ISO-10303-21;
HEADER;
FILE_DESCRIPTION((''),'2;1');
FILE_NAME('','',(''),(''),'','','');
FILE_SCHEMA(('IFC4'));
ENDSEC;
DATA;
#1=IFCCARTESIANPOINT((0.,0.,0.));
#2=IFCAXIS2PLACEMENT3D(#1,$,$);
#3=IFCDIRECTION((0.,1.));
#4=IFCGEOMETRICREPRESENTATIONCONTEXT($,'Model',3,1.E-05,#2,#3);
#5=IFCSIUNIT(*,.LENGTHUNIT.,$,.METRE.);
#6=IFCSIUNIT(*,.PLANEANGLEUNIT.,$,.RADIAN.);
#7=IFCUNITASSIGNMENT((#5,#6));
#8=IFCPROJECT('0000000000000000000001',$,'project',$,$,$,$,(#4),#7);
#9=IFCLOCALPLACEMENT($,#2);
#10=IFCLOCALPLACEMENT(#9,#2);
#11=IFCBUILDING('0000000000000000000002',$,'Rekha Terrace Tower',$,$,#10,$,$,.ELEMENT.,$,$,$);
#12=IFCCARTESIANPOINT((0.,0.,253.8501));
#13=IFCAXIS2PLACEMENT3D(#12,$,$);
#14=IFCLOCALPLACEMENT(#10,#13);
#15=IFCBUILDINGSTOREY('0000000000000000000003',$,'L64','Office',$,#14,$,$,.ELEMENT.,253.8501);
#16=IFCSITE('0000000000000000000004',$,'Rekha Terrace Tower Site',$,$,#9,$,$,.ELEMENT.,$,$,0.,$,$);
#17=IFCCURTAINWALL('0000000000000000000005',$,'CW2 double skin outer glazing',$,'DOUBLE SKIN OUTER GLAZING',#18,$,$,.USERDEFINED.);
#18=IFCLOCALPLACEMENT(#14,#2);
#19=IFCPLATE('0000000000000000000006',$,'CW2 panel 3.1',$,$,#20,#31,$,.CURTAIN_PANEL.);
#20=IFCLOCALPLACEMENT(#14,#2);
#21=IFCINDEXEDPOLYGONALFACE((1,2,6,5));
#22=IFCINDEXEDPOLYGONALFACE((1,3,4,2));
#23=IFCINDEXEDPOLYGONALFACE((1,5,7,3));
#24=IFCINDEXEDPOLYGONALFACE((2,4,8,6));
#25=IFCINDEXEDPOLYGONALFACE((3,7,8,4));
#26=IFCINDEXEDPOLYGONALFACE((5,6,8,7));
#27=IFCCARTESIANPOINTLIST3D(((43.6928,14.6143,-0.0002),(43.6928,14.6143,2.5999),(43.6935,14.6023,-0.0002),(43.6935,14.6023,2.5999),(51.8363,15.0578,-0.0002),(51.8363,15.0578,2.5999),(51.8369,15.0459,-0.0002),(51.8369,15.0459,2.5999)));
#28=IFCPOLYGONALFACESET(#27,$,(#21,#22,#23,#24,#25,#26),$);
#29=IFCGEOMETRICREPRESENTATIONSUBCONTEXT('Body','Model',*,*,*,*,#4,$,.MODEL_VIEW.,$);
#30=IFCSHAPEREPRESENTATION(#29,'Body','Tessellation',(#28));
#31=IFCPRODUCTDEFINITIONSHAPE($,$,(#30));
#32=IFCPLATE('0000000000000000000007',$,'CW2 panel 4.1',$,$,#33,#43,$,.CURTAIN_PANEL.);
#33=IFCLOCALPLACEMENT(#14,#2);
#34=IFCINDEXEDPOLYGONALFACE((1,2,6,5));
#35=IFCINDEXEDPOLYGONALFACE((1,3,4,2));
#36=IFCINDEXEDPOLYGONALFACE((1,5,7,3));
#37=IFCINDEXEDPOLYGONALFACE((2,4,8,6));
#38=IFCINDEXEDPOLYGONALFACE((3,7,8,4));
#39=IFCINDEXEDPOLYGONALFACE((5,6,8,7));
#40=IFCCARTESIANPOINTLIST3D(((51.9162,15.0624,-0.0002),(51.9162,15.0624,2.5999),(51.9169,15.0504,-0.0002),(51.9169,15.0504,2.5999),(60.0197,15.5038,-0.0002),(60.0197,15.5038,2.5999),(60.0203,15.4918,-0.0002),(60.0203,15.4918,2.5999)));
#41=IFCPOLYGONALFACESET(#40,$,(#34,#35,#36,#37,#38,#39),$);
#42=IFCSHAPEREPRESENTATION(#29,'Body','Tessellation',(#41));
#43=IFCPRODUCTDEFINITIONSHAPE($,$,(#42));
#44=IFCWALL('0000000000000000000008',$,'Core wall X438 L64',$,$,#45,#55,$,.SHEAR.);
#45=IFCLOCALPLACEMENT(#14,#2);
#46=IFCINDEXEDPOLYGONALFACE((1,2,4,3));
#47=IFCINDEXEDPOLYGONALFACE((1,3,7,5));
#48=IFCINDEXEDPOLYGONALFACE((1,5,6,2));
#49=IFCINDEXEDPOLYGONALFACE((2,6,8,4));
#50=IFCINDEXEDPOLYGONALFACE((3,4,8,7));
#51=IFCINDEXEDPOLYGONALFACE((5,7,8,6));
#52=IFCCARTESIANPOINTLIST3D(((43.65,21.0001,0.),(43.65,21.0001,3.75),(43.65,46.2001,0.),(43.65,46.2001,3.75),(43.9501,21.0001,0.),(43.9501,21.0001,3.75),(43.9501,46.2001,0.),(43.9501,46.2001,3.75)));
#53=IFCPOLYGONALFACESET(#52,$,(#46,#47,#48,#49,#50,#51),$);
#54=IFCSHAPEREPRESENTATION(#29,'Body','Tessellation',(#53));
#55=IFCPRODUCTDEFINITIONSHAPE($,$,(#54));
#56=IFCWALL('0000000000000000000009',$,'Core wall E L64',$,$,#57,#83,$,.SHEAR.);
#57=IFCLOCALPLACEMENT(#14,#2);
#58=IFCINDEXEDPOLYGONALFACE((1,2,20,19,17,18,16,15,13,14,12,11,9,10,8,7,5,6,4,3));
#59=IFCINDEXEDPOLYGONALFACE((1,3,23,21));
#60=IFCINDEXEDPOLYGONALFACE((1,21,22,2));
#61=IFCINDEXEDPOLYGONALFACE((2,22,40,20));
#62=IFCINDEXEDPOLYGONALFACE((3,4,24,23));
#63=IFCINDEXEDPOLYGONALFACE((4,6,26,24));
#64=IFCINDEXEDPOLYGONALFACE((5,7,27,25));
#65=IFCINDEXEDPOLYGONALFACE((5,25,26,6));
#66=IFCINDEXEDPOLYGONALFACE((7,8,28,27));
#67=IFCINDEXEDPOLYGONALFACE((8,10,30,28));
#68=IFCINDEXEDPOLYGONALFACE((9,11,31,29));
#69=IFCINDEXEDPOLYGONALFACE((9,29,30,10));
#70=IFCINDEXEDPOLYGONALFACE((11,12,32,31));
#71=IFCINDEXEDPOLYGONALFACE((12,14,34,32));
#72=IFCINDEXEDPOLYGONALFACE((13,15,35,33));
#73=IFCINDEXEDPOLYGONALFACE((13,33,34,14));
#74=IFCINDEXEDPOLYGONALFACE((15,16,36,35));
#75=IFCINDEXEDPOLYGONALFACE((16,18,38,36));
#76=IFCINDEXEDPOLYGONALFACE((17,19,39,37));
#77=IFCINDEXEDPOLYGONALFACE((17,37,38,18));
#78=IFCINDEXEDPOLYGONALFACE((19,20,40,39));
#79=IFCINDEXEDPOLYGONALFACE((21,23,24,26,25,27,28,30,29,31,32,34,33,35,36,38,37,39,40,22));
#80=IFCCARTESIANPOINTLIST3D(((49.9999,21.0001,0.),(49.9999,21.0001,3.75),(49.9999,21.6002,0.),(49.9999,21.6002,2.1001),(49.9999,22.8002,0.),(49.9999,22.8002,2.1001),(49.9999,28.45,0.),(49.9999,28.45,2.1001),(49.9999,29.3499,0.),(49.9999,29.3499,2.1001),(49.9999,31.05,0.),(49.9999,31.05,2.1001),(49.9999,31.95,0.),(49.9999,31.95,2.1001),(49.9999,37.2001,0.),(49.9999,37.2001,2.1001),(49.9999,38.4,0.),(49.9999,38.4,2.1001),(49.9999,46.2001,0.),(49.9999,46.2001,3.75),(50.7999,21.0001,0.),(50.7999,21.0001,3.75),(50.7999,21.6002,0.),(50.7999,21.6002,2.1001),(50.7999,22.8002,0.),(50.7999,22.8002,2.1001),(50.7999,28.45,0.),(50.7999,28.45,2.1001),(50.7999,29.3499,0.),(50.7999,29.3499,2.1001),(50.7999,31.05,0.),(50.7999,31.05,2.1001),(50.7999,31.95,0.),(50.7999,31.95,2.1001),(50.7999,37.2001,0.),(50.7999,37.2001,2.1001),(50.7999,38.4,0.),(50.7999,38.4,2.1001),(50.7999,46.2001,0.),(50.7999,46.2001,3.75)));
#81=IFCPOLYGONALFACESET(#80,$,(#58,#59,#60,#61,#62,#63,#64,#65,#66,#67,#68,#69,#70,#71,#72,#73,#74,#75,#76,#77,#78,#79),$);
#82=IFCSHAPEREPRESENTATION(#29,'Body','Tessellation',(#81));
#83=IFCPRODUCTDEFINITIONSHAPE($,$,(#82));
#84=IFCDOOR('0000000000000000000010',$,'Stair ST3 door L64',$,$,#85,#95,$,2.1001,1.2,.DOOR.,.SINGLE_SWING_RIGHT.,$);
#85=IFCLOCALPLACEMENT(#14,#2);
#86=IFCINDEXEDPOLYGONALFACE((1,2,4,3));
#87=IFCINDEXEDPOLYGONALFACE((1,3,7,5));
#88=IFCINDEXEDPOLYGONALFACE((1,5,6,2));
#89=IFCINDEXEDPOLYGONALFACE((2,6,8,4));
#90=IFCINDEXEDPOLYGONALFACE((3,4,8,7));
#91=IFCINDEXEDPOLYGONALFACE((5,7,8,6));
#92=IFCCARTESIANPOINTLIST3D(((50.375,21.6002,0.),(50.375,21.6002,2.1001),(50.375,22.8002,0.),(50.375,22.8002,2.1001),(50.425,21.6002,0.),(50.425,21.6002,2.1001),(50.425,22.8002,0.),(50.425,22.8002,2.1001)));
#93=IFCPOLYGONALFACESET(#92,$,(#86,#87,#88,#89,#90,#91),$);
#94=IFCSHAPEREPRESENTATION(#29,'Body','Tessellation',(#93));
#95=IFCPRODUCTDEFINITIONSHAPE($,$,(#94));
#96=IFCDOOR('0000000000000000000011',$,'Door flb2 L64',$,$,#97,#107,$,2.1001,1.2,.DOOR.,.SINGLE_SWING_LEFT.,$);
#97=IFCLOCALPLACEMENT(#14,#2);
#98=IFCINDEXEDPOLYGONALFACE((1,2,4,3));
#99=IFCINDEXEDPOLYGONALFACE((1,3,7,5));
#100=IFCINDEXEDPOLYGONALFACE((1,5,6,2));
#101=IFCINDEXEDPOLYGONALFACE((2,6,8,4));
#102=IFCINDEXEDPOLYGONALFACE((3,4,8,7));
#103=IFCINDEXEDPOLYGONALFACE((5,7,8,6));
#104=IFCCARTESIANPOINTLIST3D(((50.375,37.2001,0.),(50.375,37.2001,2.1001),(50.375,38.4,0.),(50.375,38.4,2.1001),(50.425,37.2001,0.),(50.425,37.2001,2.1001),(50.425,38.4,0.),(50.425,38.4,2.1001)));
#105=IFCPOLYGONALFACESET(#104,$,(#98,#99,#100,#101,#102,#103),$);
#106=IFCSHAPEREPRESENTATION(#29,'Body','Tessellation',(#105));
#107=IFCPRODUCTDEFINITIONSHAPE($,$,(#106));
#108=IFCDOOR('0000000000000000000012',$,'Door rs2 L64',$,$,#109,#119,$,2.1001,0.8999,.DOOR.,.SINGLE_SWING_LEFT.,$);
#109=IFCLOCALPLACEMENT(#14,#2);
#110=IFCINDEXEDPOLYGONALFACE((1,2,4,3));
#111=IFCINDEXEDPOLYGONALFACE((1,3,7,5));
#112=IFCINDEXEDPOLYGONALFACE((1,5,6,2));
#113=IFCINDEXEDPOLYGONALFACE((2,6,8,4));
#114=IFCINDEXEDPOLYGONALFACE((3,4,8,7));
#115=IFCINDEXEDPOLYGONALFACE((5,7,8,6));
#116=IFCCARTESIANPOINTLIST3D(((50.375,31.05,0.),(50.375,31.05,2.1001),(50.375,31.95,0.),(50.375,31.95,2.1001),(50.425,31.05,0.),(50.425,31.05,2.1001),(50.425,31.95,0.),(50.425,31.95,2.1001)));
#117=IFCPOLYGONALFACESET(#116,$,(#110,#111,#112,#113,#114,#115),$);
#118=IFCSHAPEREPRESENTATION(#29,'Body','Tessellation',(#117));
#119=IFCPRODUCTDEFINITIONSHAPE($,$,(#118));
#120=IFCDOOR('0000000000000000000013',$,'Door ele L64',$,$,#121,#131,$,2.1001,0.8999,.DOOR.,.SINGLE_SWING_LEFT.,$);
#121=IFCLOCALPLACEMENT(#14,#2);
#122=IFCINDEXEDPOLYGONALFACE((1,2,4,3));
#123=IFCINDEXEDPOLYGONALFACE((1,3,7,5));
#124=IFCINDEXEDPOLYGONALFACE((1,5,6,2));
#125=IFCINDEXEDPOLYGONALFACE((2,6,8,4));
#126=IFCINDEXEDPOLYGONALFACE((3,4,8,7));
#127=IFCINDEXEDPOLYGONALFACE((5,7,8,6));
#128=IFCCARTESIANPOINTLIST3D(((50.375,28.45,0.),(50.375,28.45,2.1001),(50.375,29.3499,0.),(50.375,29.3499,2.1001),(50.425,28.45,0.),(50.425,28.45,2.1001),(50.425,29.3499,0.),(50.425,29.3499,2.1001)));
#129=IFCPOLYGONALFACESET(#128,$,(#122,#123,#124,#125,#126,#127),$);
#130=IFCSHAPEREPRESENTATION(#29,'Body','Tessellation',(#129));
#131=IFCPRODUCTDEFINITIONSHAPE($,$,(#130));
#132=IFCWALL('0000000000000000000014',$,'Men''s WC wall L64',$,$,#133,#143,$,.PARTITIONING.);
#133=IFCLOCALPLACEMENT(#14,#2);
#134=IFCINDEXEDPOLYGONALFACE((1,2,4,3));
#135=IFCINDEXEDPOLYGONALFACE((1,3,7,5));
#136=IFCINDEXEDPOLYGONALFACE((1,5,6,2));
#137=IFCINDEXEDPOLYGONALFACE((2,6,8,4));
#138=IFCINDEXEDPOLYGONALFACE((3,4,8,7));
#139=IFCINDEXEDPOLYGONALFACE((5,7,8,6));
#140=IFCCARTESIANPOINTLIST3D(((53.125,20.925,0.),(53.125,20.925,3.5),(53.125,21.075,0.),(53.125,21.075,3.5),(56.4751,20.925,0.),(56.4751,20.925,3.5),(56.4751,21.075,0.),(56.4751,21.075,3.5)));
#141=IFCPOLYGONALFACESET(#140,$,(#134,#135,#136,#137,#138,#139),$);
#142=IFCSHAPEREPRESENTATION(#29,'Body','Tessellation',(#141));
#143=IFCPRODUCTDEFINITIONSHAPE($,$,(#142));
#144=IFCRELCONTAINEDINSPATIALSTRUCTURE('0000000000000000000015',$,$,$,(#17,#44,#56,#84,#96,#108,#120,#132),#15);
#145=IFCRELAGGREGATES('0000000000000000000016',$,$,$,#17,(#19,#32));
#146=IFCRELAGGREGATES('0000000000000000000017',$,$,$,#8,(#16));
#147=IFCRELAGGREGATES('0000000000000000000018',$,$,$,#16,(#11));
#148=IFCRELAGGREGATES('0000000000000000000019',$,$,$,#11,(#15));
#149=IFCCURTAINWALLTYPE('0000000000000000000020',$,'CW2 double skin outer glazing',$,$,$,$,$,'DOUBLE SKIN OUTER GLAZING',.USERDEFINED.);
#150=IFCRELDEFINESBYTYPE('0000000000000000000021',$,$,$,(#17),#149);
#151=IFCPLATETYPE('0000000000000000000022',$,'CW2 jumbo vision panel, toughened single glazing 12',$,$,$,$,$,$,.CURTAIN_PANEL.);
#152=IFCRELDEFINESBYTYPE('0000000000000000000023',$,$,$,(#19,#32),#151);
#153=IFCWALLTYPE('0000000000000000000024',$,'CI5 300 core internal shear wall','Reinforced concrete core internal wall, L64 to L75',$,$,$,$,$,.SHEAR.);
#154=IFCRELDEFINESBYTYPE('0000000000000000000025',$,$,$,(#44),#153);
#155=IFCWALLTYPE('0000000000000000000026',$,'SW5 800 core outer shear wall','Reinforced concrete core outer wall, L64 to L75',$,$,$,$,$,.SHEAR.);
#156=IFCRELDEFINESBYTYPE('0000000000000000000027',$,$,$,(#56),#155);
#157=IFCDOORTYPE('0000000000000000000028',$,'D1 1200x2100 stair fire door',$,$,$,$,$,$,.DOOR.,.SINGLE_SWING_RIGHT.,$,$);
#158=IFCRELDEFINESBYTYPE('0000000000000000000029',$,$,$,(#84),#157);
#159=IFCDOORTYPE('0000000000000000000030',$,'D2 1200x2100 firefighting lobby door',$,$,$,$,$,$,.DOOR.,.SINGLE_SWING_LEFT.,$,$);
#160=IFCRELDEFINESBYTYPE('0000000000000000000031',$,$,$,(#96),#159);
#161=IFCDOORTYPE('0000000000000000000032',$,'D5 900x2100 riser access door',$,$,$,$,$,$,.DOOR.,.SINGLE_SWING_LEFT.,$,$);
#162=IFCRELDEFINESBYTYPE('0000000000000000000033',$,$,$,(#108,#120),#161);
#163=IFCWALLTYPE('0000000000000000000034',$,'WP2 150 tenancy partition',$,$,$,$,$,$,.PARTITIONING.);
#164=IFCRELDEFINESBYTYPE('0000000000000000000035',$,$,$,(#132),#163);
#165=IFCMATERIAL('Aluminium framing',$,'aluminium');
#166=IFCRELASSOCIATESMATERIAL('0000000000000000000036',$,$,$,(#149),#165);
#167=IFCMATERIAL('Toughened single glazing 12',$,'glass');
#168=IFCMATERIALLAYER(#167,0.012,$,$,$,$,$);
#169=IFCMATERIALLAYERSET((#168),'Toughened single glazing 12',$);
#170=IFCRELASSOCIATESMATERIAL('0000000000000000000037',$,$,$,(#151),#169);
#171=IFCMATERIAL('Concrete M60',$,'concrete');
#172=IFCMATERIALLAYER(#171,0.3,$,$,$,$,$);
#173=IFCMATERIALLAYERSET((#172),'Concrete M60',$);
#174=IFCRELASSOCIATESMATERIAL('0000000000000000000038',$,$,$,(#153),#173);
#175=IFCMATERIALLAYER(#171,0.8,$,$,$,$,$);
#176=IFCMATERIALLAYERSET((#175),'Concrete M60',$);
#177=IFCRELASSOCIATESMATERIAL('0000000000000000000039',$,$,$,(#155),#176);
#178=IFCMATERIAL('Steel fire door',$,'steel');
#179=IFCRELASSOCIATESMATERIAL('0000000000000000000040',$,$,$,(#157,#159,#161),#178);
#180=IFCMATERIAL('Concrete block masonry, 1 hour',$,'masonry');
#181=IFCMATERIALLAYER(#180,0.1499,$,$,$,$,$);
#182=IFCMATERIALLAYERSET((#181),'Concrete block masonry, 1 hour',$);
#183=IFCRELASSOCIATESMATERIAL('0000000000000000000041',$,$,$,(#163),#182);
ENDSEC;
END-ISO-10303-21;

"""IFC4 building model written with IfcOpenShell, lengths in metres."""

from ifc_helpers import new_model, si_unit, direction, frame, frame_2d, origin, origin_2d, place, context, subcontext, project, spatial, rectangle, extrude, material, layer, layer_set, type_object, element, fill, aggregate, save


model = new_model("IFC4")

# Units and contexts
model_context = context("Model", 3, precision=1e-05, world=origin(), true_north=direction((0.0, 1.0)))
body_context = subcontext(model_context, "Body", "Model", "MODEL_VIEW")
ifc_project = project(units=[si_unit("LENGTHUNIT", "METRE"), si_unit("PLANEANGLEUNIT", "RADIAN")], contexts=[model_context])

# Site, building, storey
site_placement = place(None, origin())
site = spatial("IfcSite", under=ifc_project, at=site_placement, Name="Rekha Terrace Tower Site", CompositionType="ELEMENT", RefElevation=0.0)
building_placement = place(site_placement, origin())
building = spatial("IfcBuilding", under=site, at=building_placement, Name="Rekha Terrace Tower", CompositionType="ELEMENT")
storey_placement = place(building_placement, frame((0.0, 0.0, 253.8501)))
storey = spatial("IfcBuildingStorey", under=building, at=storey_placement, Name="L64", Description="Office", CompositionType="ELEMENT", Elevation=253.8501)

# Curtain wall
ifc_material_1 = material(Name="Aluminium framing", Category="aluminium")
curtain_wall_type_1 = type_object("IfcCurtainWallType", Name="CW2 double skin outer glazing", ElementType="DOUBLE SKIN OUTER GLAZING", PredefinedType="USERDEFINED", material=ifc_material_1)
curtain_wall_1_placement = place(storey_placement, origin())
curtain_wall_1 = element("IfcCurtainWall", 1, at=curtain_wall_1_placement, inside=storey, type_object=curtain_wall_type_1, Name="CW2 double skin outer glazing", ObjectType="DOUBLE SKIN OUTER GLAZING", PredefinedType="USERDEFINED")

# Plates
ifc_material_2 = material(Name="Toughened single glazing 12", Category="glass")
ifc_layer_1 = layer(ifc_material_2, 0.012)
ifc_layer_set_1 = layer_set([ifc_layer_1], Name="Toughened single glazing 12")
plate_type_1 = type_object("IfcPlateType", Name="CW2 jumbo vision panel, toughened single glazing 12", PredefinedType="CURTAIN_PANEL", material=ifc_layer_set_1)
plate_1_placement = place(storey_placement, frame((47.7649, 14.8301, -0.0002), z_axis=(0.0, 0.0, 1.0), x_axis=(0.99852, 0.054389, 0.0)))
plate_1 = element("IfcPlate", 2, at=plate_1_placement, type_object=plate_type_1, Name="CW2 panel 3.1", PredefinedType="CURTAIN_PANEL", context=body_context, shape_type="SweptSolid", body=[
    extrude(rectangle(XDim=8.1555, YDim=0.012, at=origin_2d()), origin(), (0.0, 0.0, 1.0), 2.6001),
])
plate_2_placement = place(storey_placement, frame((55.9683, 15.2771, -0.0002), z_axis=(0.0, 0.0, 1.0), x_axis=(0.99852, 0.054389, 0.0)))
plate_2 = element("IfcPlate", 3, at=plate_2_placement, type_object=plate_type_1, Name="CW2 panel 4.1", PredefinedType="CURTAIN_PANEL", context=body_context, shape_type="SweptSolid", body=[
    extrude(rectangle(XDim=8.1155, YDim=0.012, at=origin_2d()), origin(), (0.0, 0.0, 1.0), 2.6001),
])
aggregate(curtain_wall_1, [plate_1, plate_2])

# Wall
ifc_material_3 = material(Name="Concrete M60", Category="concrete")
ifc_layer_2 = layer(ifc_material_3, 0.3)
ifc_layer_set_2 = layer_set([ifc_layer_2], Name="Concrete M60")
wall_type_1 = type_object("IfcWallType", Name="CI5 300 core internal shear wall", Description="Reinforced concrete core internal wall, L64 to L75", PredefinedType="SHEAR", material=ifc_layer_set_2)
wall_1_placement = place(storey_placement, frame((43.8, 21.0, 0.0), z_axis=(0.0, 0.0, 1.0), x_axis=(0.0, 1.0, 0.0)))
element("IfcWall", 4, at=wall_1_placement, inside=storey, type_object=wall_type_1, Name="Core wall X438 L64", PredefinedType="SHEAR", context=body_context, shape_type="SweptSolid", body=[
    extrude(rectangle(XDim=25.2, YDim=0.3, at=frame_2d((12.6001, 0.0))), origin(), (0.0, 0.0, 1.0), 3.75),
])

# Wall, openings, doors
ifc_layer_3 = layer(ifc_material_3, 0.8)
ifc_layer_set_3 = layer_set([ifc_layer_3], Name="Concrete M60")
wall_type_2 = type_object("IfcWallType", Name="SW5 800 core outer shear wall", Description="Reinforced concrete core outer wall, L64 to L75", PredefinedType="SHEAR", material=ifc_layer_set_3)
wall_2_placement = place(storey_placement, frame((50.3999, 21.0, 0.0), z_axis=(0.0, 0.0, 1.0), x_axis=(0.0, 1.0, 0.0)))
wall_2 = element("IfcWall", 5, at=wall_2_placement, inside=storey, type_object=wall_type_2, Name="Core wall E L64", PredefinedType="SHEAR", context=body_context, shape_type="SweptSolid", body=[
    extrude(rectangle(XDim=25.2, YDim=0.8, at=frame_2d((12.6001, 0.0))), origin(), (0.0, 0.0, 1.0), 3.75),
])
opening_1_placement = place(wall_2_placement, frame((16.2, 0.0, 0.0)))
opening_1 = element("IfcOpeningElement", 6, at=opening_1_placement, cuts=wall_2, PredefinedType="OPENING", context=body_context, shape_type="SweptSolid", body=[
    extrude(rectangle(XDim=1.2, YDim=2.1001, at=frame_2d((0.6001, 1.05))), frame((0.0, 0.4099, 0.0), z_axis=(0.0, -1.0, 0.0), x_axis=(1.0, 0.0, 0.0)), (0.0, 0.0, 1.0), 0.8201),
])
opening_2_placement = place(wall_2_placement, frame((10.05, 0.0, 0.0)))
opening_2 = element("IfcOpeningElement", 7, at=opening_2_placement, cuts=wall_2, PredefinedType="OPENING", context=body_context, shape_type="SweptSolid", body=[
    extrude(rectangle(XDim=0.8999, YDim=2.1001, at=frame_2d((0.45, 1.05))), frame((0.0, 0.4099, 0.0), z_axis=(0.0, -1.0, 0.0), x_axis=(1.0, 0.0, 0.0)), (0.0, 0.0, 1.0), 0.8201),
])
opening_3_placement = place(wall_2_placement, frame((7.45, 0.0, 0.0)))
opening_3 = element("IfcOpeningElement", 8, at=opening_3_placement, cuts=wall_2, PredefinedType="OPENING", context=body_context, shape_type="SweptSolid", body=[
    extrude(rectangle(XDim=0.8999, YDim=2.1001, at=frame_2d((0.45, 1.05))), frame((0.0, 0.4099, 0.0), z_axis=(0.0, -1.0, 0.0), x_axis=(1.0, 0.0, 0.0)), (0.0, 0.0, 1.0), 0.8201),
])
opening_4_placement = place(wall_2_placement, frame((0.6001, 0.0, 0.0)))
opening_4 = element("IfcOpeningElement", 9, at=opening_4_placement, cuts=wall_2, PredefinedType="OPENING", context=body_context, shape_type="SweptSolid", body=[
    extrude(rectangle(XDim=1.2, YDim=2.1001, at=frame_2d((0.6001, 1.05))), frame((0.0, 0.4099, 0.0), z_axis=(0.0, -1.0, 0.0), x_axis=(1.0, 0.0, 0.0)), (0.0, 0.0, 1.0), 0.8201),
])
ifc_material_4 = material(Name="Steel fire door", Category="steel")
door_type_1 = type_object("IfcDoorType", Name="D1 1200x2100 stair fire door", OperationType="SINGLE_SWING_RIGHT", PredefinedType="DOOR", material=ifc_material_4)
door_1_placement = place(opening_4_placement, origin())
door_1 = element("IfcDoor", 10, at=door_1_placement, inside=storey, type_object=door_type_1, Name="Stair ST3 door L64", OperationType="SINGLE_SWING_RIGHT", OverallHeight=2.1001, OverallWidth=1.2, PredefinedType="DOOR", context=body_context, shape_type="SweptSolid", body=[
    extrude(rectangle(XDim=1.2, YDim=2.1001, at=frame_2d((0.6001, 1.05))), frame((0.0, 0.0249, 0.0), z_axis=(0.0, -1.0, 0.0), x_axis=(1.0, 0.0, 0.0)), (0.0, 0.0, 1.0), 0.05),
])
fill(opening_4, door_1)
door_type_2 = type_object("IfcDoorType", Name="D2 1200x2100 firefighting lobby door", OperationType="SINGLE_SWING_LEFT", PredefinedType="DOOR", material=ifc_material_4)
door_2_placement = place(opening_1_placement, origin())
door_2 = element("IfcDoor", 11, at=door_2_placement, inside=storey, type_object=door_type_2, Name="Door flb2 L64", OperationType="SINGLE_SWING_LEFT", OverallHeight=2.1001, OverallWidth=1.2, PredefinedType="DOOR", context=body_context, shape_type="SweptSolid", body=[
    extrude(rectangle(XDim=1.2, YDim=2.1001, at=frame_2d((0.6001, 1.05))), frame((0.0, 0.0249, 0.0), z_axis=(0.0, -1.0, 0.0), x_axis=(1.0, 0.0, 0.0)), (0.0, 0.0, 1.0), 0.05),
])
fill(opening_1, door_2)
door_type_3 = type_object("IfcDoorType", Name="D5 900x2100 riser access door", OperationType="SINGLE_SWING_LEFT", PredefinedType="DOOR", material=ifc_material_4)
door_3_placement = place(opening_2_placement, origin())
door_3 = element("IfcDoor", 12, at=door_3_placement, inside=storey, type_object=door_type_3, Name="Door rs2 L64", OperationType="SINGLE_SWING_LEFT", OverallHeight=2.1001, OverallWidth=0.8999, PredefinedType="DOOR", context=body_context, shape_type="SweptSolid", body=[
    extrude(rectangle(XDim=0.8999, YDim=2.1001, at=frame_2d((0.45, 1.05))), frame((0.0, 0.0249, 0.0), z_axis=(0.0, -1.0, 0.0), x_axis=(1.0, 0.0, 0.0)), (0.0, 0.0, 1.0), 0.05),
])
fill(opening_2, door_3)
door_4_placement = place(opening_3_placement, origin())
door_4 = element("IfcDoor", 13, at=door_4_placement, inside=storey, type_object=door_type_3, Name="Door ele L64", OperationType="SINGLE_SWING_LEFT", OverallHeight=2.1001, OverallWidth=0.8999, PredefinedType="DOOR", context=body_context, shape_type="SweptSolid", body=[
    extrude(rectangle(XDim=0.8999, YDim=2.1001, at=frame_2d((0.45, 1.05))), frame((0.0, 0.0249, 0.0), z_axis=(0.0, -1.0, 0.0), x_axis=(1.0, 0.0, 0.0)), (0.0, 0.0, 1.0), 0.05),
])
fill(opening_3, door_4)

# Wall
ifc_material_5 = material(Name="Concrete block masonry, 1 hour", Category="masonry")
ifc_layer_4 = layer(ifc_material_5, 0.1499)
ifc_layer_set_4 = layer_set([ifc_layer_4], Name="Concrete block masonry, 1 hour")
wall_type_3 = type_object("IfcWallType", Name="WP2 150 tenancy partition", PredefinedType="PARTITIONING", material=ifc_layer_set_4)
wall_3_placement = place(storey_placement, frame((53.125, 21.0, 0.0), z_axis=(0.0, 0.0, 1.0), x_axis=(1.0, 0.0, 0.0)))
element("IfcWall", 14, at=wall_3_placement, inside=storey, type_object=wall_type_3, Name="Men's WC wall L64", PredefinedType="PARTITIONING", context=body_context, shape_type="SweptSolid", body=[
    extrude(rectangle(XDim=3.3501, YDim=0.1499, at=frame_2d((1.675, 0.0))), origin(), (0.0, 0.0, 1.0), 3.5),
])

save(model, "model.ifc")
